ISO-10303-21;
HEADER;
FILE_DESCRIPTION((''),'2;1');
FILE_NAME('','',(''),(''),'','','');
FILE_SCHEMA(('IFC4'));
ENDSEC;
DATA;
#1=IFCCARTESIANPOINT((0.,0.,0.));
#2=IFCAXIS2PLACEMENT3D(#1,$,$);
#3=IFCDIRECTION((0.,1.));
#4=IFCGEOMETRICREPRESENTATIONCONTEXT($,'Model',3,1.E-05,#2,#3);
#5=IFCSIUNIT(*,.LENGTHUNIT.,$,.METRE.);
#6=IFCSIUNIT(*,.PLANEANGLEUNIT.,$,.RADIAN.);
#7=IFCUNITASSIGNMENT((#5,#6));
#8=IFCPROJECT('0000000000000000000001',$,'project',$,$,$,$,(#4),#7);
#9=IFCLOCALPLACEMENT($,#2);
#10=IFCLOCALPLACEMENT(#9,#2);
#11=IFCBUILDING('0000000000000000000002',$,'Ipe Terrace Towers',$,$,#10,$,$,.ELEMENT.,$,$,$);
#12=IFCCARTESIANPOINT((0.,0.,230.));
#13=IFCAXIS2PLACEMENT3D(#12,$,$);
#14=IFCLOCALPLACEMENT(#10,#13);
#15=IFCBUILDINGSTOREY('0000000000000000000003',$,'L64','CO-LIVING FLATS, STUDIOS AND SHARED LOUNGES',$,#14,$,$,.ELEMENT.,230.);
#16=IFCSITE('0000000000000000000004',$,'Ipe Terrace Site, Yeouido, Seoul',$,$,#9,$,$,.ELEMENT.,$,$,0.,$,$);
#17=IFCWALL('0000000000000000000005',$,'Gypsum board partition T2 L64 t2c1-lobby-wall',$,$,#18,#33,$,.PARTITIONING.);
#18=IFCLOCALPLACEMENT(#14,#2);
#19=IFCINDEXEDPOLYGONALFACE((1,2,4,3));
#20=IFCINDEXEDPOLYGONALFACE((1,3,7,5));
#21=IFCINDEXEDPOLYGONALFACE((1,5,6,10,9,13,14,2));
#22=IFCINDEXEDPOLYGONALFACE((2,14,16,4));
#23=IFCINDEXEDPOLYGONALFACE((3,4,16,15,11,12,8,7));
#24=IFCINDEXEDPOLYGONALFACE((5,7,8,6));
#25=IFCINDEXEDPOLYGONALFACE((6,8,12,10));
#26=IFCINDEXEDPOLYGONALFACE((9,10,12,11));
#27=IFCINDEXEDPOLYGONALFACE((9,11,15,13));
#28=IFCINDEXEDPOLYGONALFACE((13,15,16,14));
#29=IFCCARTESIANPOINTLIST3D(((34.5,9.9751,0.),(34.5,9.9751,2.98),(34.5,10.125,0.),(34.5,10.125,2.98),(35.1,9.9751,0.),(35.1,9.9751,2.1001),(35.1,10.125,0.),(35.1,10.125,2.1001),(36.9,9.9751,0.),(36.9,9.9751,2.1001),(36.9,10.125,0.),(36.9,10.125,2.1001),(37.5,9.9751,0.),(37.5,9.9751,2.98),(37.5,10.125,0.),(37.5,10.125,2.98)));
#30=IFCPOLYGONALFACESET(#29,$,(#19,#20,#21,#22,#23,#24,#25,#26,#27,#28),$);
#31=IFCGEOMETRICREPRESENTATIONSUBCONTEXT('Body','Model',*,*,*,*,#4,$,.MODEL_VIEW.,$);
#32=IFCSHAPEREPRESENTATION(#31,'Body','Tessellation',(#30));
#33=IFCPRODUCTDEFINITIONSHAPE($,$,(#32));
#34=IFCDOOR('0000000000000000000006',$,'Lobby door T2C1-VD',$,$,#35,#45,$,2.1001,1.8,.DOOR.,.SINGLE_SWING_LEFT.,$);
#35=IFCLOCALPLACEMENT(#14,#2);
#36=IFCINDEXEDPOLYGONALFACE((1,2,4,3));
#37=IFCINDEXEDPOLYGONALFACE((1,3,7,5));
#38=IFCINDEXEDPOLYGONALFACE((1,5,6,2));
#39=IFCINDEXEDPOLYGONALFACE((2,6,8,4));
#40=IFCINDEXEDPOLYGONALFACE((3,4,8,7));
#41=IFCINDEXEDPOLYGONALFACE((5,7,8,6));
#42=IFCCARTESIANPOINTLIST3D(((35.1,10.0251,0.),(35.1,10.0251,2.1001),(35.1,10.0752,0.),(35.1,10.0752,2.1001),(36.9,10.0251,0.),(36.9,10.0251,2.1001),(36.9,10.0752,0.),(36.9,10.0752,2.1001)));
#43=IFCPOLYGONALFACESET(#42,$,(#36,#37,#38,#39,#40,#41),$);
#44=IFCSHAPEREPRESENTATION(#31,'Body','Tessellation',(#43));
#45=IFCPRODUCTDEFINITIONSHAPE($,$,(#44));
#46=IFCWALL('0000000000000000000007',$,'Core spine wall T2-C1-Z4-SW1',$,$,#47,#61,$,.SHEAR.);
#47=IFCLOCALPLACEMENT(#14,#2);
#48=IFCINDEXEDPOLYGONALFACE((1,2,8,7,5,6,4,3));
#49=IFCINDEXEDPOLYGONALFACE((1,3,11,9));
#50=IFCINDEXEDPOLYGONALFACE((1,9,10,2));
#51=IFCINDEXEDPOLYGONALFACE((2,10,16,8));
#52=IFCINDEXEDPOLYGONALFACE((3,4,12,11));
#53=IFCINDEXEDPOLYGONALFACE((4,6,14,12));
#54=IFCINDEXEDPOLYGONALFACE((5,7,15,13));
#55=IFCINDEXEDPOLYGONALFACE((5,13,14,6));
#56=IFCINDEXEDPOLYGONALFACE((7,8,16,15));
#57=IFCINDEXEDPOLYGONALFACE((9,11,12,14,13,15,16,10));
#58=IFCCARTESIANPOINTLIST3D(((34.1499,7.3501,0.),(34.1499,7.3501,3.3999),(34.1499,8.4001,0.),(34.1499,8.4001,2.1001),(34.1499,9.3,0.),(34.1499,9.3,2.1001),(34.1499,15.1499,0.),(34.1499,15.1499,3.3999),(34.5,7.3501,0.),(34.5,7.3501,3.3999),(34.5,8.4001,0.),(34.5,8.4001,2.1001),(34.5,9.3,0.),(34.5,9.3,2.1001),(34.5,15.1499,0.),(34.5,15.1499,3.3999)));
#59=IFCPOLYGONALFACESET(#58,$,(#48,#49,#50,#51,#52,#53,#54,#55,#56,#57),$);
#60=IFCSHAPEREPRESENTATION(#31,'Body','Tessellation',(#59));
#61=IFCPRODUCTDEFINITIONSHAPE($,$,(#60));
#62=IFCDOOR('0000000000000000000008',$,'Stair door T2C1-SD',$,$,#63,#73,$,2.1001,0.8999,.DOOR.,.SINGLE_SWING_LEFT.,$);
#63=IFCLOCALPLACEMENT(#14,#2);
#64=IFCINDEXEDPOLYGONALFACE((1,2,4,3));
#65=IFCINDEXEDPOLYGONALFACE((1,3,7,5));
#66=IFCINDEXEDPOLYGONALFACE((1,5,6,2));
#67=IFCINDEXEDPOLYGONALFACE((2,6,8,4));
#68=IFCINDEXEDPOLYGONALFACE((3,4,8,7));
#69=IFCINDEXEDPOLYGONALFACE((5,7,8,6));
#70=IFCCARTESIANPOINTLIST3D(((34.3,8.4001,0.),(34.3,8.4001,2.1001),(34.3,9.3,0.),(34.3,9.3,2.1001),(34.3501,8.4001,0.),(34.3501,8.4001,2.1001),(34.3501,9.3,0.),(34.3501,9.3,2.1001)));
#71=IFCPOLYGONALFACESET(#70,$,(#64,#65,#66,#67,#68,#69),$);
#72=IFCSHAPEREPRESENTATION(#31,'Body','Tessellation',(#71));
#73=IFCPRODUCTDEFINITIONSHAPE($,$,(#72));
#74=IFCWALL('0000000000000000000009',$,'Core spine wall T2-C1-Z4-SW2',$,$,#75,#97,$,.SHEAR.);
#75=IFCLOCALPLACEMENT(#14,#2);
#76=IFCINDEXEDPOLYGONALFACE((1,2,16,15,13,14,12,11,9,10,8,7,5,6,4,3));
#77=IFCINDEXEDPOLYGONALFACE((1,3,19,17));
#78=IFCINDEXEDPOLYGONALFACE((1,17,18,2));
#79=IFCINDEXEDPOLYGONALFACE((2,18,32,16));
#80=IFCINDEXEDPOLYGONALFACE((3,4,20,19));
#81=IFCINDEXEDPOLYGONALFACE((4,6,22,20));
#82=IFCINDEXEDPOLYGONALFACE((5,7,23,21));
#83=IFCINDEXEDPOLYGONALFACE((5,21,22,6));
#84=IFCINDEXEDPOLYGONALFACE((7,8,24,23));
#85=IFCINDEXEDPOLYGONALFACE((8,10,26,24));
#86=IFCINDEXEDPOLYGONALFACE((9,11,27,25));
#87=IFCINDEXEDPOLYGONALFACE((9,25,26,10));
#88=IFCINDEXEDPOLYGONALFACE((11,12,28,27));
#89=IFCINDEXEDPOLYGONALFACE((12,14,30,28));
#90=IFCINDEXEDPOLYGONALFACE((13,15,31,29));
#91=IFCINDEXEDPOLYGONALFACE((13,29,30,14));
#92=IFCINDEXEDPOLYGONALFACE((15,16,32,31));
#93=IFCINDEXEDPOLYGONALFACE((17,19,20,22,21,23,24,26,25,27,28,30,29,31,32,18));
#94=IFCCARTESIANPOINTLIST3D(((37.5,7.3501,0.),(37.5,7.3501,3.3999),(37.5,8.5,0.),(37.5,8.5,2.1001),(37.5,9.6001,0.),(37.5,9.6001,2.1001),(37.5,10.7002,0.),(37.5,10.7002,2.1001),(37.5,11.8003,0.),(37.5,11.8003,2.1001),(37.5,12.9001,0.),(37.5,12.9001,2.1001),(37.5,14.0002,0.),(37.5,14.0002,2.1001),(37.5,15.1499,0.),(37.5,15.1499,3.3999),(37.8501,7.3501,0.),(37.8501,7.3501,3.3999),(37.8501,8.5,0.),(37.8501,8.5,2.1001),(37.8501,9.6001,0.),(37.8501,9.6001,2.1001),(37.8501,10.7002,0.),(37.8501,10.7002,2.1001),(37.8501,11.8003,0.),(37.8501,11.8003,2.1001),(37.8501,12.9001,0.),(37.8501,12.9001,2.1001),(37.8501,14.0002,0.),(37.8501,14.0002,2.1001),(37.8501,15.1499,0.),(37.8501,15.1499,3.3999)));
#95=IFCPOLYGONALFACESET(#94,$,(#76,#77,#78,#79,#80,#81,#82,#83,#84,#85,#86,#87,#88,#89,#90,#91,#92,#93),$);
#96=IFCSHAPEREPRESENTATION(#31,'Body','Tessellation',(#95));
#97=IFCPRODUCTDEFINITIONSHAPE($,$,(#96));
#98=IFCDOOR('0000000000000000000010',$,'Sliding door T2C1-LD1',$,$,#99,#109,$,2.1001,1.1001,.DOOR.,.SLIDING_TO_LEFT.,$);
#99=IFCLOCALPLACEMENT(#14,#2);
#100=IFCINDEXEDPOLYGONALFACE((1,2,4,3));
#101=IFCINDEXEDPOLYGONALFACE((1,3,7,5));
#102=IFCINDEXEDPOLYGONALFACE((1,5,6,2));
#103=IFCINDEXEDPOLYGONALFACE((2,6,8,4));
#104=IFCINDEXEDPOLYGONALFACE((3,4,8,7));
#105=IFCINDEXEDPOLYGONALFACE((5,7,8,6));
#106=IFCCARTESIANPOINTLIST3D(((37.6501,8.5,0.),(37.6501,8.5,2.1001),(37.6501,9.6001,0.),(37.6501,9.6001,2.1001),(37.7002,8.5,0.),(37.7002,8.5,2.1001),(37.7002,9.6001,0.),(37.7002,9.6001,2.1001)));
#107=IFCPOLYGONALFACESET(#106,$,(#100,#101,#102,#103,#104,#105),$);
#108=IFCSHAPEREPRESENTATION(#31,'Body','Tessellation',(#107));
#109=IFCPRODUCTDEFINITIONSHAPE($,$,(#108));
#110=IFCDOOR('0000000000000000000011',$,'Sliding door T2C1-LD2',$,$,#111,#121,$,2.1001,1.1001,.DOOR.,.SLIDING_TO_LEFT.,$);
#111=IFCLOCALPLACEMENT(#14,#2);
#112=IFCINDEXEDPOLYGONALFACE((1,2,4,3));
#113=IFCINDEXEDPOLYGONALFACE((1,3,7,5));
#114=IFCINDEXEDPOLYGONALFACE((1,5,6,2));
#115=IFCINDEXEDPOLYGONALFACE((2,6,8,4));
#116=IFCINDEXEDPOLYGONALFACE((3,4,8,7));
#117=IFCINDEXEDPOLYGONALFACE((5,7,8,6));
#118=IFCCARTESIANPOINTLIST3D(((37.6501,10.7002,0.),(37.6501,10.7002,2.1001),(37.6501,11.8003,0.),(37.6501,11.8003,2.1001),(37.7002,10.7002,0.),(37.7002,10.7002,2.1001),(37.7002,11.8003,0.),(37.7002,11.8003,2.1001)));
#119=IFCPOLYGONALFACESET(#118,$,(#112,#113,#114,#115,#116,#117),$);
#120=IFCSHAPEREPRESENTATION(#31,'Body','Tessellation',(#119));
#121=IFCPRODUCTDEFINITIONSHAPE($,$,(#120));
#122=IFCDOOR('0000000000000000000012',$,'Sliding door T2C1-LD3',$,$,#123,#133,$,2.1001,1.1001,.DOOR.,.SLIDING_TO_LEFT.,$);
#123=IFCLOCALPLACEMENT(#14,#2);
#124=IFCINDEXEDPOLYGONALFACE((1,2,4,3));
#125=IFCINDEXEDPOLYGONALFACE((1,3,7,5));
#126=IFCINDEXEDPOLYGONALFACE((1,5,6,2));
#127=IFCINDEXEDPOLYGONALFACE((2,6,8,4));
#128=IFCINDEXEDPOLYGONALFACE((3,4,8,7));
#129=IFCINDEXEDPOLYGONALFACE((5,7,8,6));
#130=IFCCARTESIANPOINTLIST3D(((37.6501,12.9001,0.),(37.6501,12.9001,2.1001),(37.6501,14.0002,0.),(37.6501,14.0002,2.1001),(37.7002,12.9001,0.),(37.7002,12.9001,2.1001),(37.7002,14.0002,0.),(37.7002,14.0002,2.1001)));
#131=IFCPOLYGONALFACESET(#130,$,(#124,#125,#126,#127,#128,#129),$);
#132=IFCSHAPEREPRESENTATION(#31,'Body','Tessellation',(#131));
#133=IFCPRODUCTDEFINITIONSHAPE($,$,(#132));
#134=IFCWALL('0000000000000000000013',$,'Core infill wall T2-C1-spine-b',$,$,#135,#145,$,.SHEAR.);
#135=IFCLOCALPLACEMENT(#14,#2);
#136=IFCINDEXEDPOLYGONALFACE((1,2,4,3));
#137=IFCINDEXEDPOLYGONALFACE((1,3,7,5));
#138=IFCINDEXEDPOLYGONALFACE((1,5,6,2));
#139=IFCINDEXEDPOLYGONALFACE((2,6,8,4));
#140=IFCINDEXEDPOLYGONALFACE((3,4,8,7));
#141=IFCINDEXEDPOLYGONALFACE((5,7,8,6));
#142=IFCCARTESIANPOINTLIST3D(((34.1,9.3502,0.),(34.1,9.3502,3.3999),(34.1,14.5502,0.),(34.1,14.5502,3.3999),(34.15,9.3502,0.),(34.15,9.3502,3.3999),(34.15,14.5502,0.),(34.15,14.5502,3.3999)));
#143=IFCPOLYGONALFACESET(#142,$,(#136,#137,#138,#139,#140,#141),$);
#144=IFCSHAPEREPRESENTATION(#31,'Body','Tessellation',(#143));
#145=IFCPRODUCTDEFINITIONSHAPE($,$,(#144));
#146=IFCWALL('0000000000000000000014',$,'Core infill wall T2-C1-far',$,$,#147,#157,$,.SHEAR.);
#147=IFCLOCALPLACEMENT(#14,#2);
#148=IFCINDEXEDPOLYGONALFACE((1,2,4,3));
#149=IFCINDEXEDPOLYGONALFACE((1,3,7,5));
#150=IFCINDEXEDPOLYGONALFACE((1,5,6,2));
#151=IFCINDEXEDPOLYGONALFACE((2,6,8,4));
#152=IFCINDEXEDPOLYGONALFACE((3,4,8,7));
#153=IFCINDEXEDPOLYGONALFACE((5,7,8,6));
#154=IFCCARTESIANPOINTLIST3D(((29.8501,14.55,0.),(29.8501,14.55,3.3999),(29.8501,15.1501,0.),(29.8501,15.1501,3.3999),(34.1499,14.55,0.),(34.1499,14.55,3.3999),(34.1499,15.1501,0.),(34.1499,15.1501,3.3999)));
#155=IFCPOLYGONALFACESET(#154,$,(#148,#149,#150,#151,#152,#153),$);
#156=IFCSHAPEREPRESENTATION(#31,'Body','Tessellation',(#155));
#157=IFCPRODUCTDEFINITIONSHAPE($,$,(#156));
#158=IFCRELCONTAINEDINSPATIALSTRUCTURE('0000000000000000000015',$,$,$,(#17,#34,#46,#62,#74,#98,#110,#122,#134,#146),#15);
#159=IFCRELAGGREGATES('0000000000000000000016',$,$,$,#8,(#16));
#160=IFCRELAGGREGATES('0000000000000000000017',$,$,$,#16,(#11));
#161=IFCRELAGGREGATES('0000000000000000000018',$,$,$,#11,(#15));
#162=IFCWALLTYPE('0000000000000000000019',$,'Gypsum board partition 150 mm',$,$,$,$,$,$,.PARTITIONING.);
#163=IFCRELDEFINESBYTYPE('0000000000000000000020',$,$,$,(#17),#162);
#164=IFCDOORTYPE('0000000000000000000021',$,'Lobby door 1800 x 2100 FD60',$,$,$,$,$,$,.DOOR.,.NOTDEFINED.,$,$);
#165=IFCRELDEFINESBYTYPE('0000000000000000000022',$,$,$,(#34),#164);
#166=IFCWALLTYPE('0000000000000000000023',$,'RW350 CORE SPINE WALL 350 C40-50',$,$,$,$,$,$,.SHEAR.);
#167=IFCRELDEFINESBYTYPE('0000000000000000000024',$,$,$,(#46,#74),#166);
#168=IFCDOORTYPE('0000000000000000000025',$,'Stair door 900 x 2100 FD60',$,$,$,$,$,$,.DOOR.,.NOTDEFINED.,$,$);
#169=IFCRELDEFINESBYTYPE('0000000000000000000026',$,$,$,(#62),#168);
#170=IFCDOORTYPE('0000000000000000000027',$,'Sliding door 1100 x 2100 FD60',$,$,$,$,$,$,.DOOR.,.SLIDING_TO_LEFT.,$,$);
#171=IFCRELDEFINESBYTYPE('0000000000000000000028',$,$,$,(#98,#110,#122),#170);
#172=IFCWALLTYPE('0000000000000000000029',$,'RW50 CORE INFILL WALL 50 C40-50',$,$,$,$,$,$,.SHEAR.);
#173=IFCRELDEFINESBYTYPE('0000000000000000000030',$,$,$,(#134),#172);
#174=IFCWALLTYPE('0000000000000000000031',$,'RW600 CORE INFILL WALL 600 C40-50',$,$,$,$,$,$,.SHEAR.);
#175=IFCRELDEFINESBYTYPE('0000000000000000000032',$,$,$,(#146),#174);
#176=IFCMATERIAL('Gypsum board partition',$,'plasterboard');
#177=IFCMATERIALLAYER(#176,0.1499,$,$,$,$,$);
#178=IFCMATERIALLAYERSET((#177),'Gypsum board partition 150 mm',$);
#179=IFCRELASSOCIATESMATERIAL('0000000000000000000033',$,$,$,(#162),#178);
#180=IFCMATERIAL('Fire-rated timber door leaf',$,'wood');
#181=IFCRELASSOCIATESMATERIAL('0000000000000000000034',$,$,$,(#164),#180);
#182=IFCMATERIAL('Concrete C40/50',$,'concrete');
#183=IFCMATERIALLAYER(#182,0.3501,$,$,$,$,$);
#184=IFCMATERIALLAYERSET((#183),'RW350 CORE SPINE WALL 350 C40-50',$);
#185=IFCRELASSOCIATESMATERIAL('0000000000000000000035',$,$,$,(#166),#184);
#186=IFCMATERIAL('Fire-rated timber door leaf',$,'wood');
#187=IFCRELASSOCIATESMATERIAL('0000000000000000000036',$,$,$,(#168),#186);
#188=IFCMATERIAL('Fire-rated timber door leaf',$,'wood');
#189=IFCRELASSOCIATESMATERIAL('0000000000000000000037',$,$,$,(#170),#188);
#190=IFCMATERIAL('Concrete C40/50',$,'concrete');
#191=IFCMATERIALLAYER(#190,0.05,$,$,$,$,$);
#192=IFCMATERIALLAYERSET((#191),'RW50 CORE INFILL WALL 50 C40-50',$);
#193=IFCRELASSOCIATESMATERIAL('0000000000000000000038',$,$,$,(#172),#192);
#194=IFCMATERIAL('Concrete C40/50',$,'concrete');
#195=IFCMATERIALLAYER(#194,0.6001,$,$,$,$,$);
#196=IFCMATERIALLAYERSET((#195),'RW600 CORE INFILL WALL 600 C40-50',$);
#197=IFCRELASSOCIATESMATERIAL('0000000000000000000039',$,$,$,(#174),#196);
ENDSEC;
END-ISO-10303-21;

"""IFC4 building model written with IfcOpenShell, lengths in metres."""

from ifc_helpers import new_model, si_unit, direction, frame, frame_2d, origin, place, context, subcontext, project, spatial, rectangle, extrude, material, layer, layer_set, type_object, element, fill, save


model = new_model("IFC4")

# Units and contexts
model_context = context("Model", 3, precision=1e-05, world=origin(), true_north=direction((0.0, 1.0)))
body_context = subcontext(model_context, "Body", "Model", "MODEL_VIEW")
ifc_project = project(units=[si_unit("LENGTHUNIT", "METRE"), si_unit("PLANEANGLEUNIT", "RADIAN")], contexts=[model_context])

# Site, building, storey
site_placement = place(None, origin())
site = spatial("IfcSite", under=ifc_project, at=site_placement, Name="Ipe Terrace Site, Yeouido, Seoul", CompositionType="ELEMENT", RefElevation=0.0)
building_placement = place(site_placement, origin())
building = spatial("IfcBuilding", under=site, at=building_placement, Name="Ipe Terrace Towers", CompositionType="ELEMENT")
storey_placement = place(building_placement, frame((0.0, 0.0, 230.0)))
storey = spatial("IfcBuildingStorey", under=building, at=storey_placement, Name="L64", Description="CO-LIVING FLATS, STUDIOS AND SHARED LOUNGES", CompositionType="ELEMENT", Elevation=230.0)

# Walls, openings, doors
ifc_material_1 = material(Name="Gypsum board partition", Category="plasterboard")
ifc_layer_1 = layer(ifc_material_1, 0.1499)
ifc_layer_set_1 = layer_set([ifc_layer_1], Name="Gypsum board partition 150 mm")
wall_type_1 = type_object("IfcWallType", Name="Gypsum board partition 150 mm", PredefinedType="PARTITIONING", material=ifc_layer_set_1)
wall_1_placement = place(storey_placement, frame((37.5, 10.05, 0.0), z_axis=(0.0, 0.0, 1.0), x_axis=(-1.0, 0.0, 0.0)))
wall_1 = element("IfcWall", 1, at=wall_1_placement, inside=storey, type_object=wall_type_1, Name="Gypsum board partition T2 L64 t2c1-lobby-wall", PredefinedType="PARTITIONING", context=body_context, shape_type="SweptSolid", body=[
    extrude(rectangle(XDim=3.0, YDim=0.1499, at=frame_2d((1.5, 0.0))), origin(), (0.0, 0.0, 1.0), 2.98),
])
opening_1_placement = place(wall_1_placement, frame((0.6001, 0.0, 0.0)))
opening_1 = element("IfcOpeningElement", 2, at=opening_1_placement, cuts=wall_1, PredefinedType="OPENING", context=body_context, shape_type="SweptSolid", body=[
    extrude(rectangle(XDim=1.8, YDim=2.1001, at=frame_2d((0.8999, 1.05))), frame((0.0, 0.085, 0.0), z_axis=(0.0, -1.0, 0.0), x_axis=(1.0, 0.0, 0.0)), (0.0, 0.0, 1.0), 0.1699),
])
ifc_material_2 = material(Name="Fire-rated timber door leaf", Category="wood")
door_type_1 = type_object("IfcDoorType", Name="Lobby door 1800 x 2100 FD60", OperationType="NOTDEFINED", PredefinedType="DOOR", material=ifc_material_2)
door_1_placement = place(opening_1_placement, origin())
door_1 = element("IfcDoor", 3, at=door_1_placement, inside=storey, type_object=door_type_1, Name="Lobby door T2C1-VD", OperationType="SINGLE_SWING_LEFT", OverallHeight=2.1001, OverallWidth=1.8, PredefinedType="DOOR", context=body_context, shape_type="SweptSolid", body=[
    extrude(rectangle(XDim=1.8, YDim=2.1001, at=frame_2d((0.8999, 1.05))), frame((0.0, 0.0249, 0.0), z_axis=(0.0, -1.0, 0.0), x_axis=(1.0, 0.0, 0.0)), (0.0, 0.0, 1.0), 0.05),
])
fill(opening_1, door_1)
ifc_material_3 = material(Name="Concrete C40/50", Category="concrete")
ifc_layer_2 = layer(ifc_material_3, 0.3501)
ifc_layer_set_2 = layer_set([ifc_layer_2], Name="RW350 CORE SPINE WALL 350 C40-50")
wall_type_2 = type_object("IfcWallType", Name="RW350 CORE SPINE WALL 350 C40-50", PredefinedType="SHEAR", material=ifc_layer_set_2)
wall_2_placement = place(storey_placement, frame((34.325, 7.3501, 0.0), z_axis=(0.0, 0.0, 1.0), x_axis=(0.0, 1.0, 0.0)))
wall_2 = element("IfcWall", 4, at=wall_2_placement, inside=storey, type_object=wall_type_2, Name="Core spine wall T2-C1-Z4-SW1", PredefinedType="SHEAR", context=body_context, shape_type="SweptSolid", body=[
    extrude(rectangle(XDim=7.7998, YDim=0.3501, at=frame_2d((3.8999, 0.0))), origin(), (0.0, 0.0, 1.0), 3.3999),
])
opening_2_placement = place(wall_2_placement, frame((1.05, 0.0, 0.0)))
opening_2 = element("IfcOpeningElement", 5, at=opening_2_placement, cuts=wall_2, PredefinedType="OPENING", context=body_context, shape_type="SweptSolid", body=[
    extrude(rectangle(XDim=0.8999, YDim=2.1001, at=frame_2d((0.45, 1.05))), frame((0.0, 0.1851, 0.0), z_axis=(0.0, -1.0, 0.0), x_axis=(1.0, 0.0, 0.0)), (0.0, 0.0, 1.0), 0.3701),
])
ifc_material_4 = material(Name="Fire-rated timber door leaf", Category="wood")
door_type_2 = type_object("IfcDoorType", Name="Stair door 900 x 2100 FD60", OperationType="NOTDEFINED", PredefinedType="DOOR", material=ifc_material_4)
door_2_placement = place(opening_2_placement, origin())
door_2 = element("IfcDoor", 6, at=door_2_placement, inside=storey, type_object=door_type_2, Name="Stair door T2C1-SD", OperationType="SINGLE_SWING_LEFT", OverallHeight=2.1001, OverallWidth=0.8999, PredefinedType="DOOR", context=body_context, shape_type="SweptSolid", body=[
    extrude(rectangle(XDim=0.8999, YDim=2.1001, at=frame_2d((0.45, 1.05))), frame((0.0, 0.0249, 0.0), z_axis=(0.0, -1.0, 0.0), x_axis=(1.0, 0.0, 0.0)), (0.0, 0.0, 1.0), 0.05),
])
fill(opening_2, door_2)

# Wall, openings, doors
wall_3_placement = place(storey_placement, frame((37.675, 7.3501, 0.0), z_axis=(0.0, 0.0, 1.0), x_axis=(0.0, 1.0, 0.0)))
wall_3 = element("IfcWall", 7, at=wall_3_placement, inside=storey, type_object=wall_type_2, Name="Core spine wall T2-C1-Z4-SW2", PredefinedType="SHEAR", context=body_context, shape_type="SweptSolid", body=[
    extrude(rectangle(XDim=7.7998, YDim=0.3501, at=frame_2d((3.8999, 0.0))), origin(), (0.0, 0.0, 1.0), 3.3999),
])
opening_3_placement = place(wall_3_placement, frame((1.1499, 0.0, 0.0)))
opening_3 = element("IfcOpeningElement", 8, at=opening_3_placement, cuts=wall_3, PredefinedType="OPENING", context=body_context, shape_type="SweptSolid", body=[
    extrude(rectangle(XDim=1.1001, YDim=2.1001, at=frame_2d((0.55, 1.05))), frame((0.0, 0.1851, 0.0), z_axis=(0.0, -1.0, 0.0), x_axis=(1.0, 0.0, 0.0)), (0.0, 0.0, 1.0), 0.3701),
])
opening_4_placement = place(wall_3_placement, frame((3.3501, 0.0, 0.0)))
opening_4 = element("IfcOpeningElement", 9, at=opening_4_placement, cuts=wall_3, PredefinedType="OPENING", context=body_context, shape_type="SweptSolid", body=[
    extrude(rectangle(XDim=1.1001, YDim=2.1001, at=frame_2d((0.55, 1.05))), frame((0.0, 0.1851, 0.0), z_axis=(0.0, -1.0, 0.0), x_axis=(1.0, 0.0, 0.0)), (0.0, 0.0, 1.0), 0.3701),
])
opening_5_placement = place(wall_3_placement, frame((5.55, 0.0, 0.0)))
opening_5 = element("IfcOpeningElement", 10, at=opening_5_placement, cuts=wall_3, PredefinedType="OPENING", context=body_context, shape_type="SweptSolid", body=[
    extrude(rectangle(XDim=1.1001, YDim=2.1001, at=frame_2d((0.55, 1.05))), frame((0.0, 0.1851, 0.0), z_axis=(0.0, -1.0, 0.0), x_axis=(1.0, 0.0, 0.0)), (0.0, 0.0, 1.0), 0.3701),
])
ifc_material_5 = material(Name="Fire-rated timber door leaf", Category="wood")
door_type_3 = type_object("IfcDoorType", Name="Sliding door 1100 x 2100 FD60", OperationType="SLIDING_TO_LEFT", PredefinedType="DOOR", material=ifc_material_5)
door_3_placement = place(opening_3_placement, origin())
door_3 = element("IfcDoor", 11, at=door_3_placement, inside=storey, type_object=door_type_3, Name="Sliding door T2C1-LD1", OperationType="SLIDING_TO_LEFT", OverallHeight=2.1001, OverallWidth=1.1001, PredefinedType="DOOR", context=body_context, shape_type="SweptSolid", body=[
    extrude(rectangle(XDim=1.1001, YDim=2.1001, at=frame_2d((0.55, 1.05))), frame((0.0, 0.0249, 0.0), z_axis=(0.0, -1.0, 0.0), x_axis=(1.0, 0.0, 0.0)), (0.0, 0.0, 1.0), 0.05),
])
fill(opening_3, door_3)
door_4_placement = place(opening_4_placement, origin())
door_4 = element("IfcDoor", 12, at=door_4_placement, inside=storey, type_object=door_type_3, Name="Sliding door T2C1-LD2", OperationType="SLIDING_TO_LEFT", OverallHeight=2.1001, OverallWidth=1.1001, PredefinedType="DOOR", context=body_context, shape_type="SweptSolid", body=[
    extrude(rectangle(XDim=1.1001, YDim=2.1001, at=frame_2d((0.55, 1.05))), frame((0.0, 0.0249, 0.0), z_axis=(0.0, -1.0, 0.0), x_axis=(1.0, 0.0, 0.0)), (0.0, 0.0, 1.0), 0.05),
])
fill(opening_4, door_4)
door_5_placement = place(opening_5_placement, origin())
door_5 = element("IfcDoor", 13, at=door_5_placement, inside=storey, type_object=door_type_3, Name="Sliding door T2C1-LD3", OperationType="SLIDING_TO_LEFT", OverallHeight=2.1001, OverallWidth=1.1001, PredefinedType="DOOR", context=body_context, shape_type="SweptSolid", body=[
    extrude(rectangle(XDim=1.1001, YDim=2.1001, at=frame_2d((0.55, 1.05))), frame((0.0, 0.0249, 0.0), z_axis=(0.0, -1.0, 0.0), x_axis=(1.0, 0.0, 0.0)), (0.0, 0.0, 1.0), 0.05),
])
fill(opening_5, door_5)

# Walls
ifc_material_6 = material(Name="Concrete C40/50", Category="concrete")
ifc_layer_3 = layer(ifc_material_6, 0.05)
ifc_layer_set_3 = layer_set([ifc_layer_3], Name="RW50 CORE INFILL WALL 50 C40-50")
wall_type_3 = type_object("IfcWallType", Name="RW50 CORE INFILL WALL 50 C40-50", PredefinedType="SHEAR", material=ifc_layer_set_3)
wall_4_placement = place(storey_placement, frame((34.125, 9.3501, 0.0), z_axis=(0.0, 0.0, 1.0), x_axis=(0.0, 1.0, 0.0)))
element("IfcWall", 14, at=wall_4_placement, inside=storey, type_object=wall_type_3, Name="Core infill wall T2-C1-spine-b", PredefinedType="SHEAR", context=body_context, shape_type="SweptSolid", body=[
    extrude(rectangle(XDim=5.2, YDim=0.05, at=frame_2d((2.6001, 0.0))), origin(), (0.0, 0.0, 1.0), 3.3999),
])
ifc_material_7 = material(Name="Concrete C40/50", Category="concrete")
ifc_layer_4 = layer(ifc_material_7, 0.6001)
ifc_layer_set_4 = layer_set([ifc_layer_4], Name="RW600 CORE INFILL WALL 600 C40-50")
wall_type_4 = type_object("IfcWallType", Name="RW600 CORE INFILL WALL 600 C40-50", PredefinedType="SHEAR", material=ifc_layer_set_4)
for number, where, z_axis, x_axis, name in (
    (15, (34.1499, 14.8501, 0.0), (0.0, 0.0, 1.0), (-1.0, 0.0, 0.0), "Core infill wall T2-C1-far"),
):
    element("IfcWall", number, at=place(storey_placement, frame(where, z_axis=z_axis, x_axis=x_axis)), inside=storey, type_object=wall_type_4, Name=name, PredefinedType="SHEAR", context=body_context, shape_type="SweptSolid", body=[
        extrude(rectangle(XDim=4.2998, YDim=0.6001, at=frame_2d((2.1499, 0.0))), origin(), (0.0, 0.0, 1.0), 3.3999),
    ])

save(model, "model.ifc")
